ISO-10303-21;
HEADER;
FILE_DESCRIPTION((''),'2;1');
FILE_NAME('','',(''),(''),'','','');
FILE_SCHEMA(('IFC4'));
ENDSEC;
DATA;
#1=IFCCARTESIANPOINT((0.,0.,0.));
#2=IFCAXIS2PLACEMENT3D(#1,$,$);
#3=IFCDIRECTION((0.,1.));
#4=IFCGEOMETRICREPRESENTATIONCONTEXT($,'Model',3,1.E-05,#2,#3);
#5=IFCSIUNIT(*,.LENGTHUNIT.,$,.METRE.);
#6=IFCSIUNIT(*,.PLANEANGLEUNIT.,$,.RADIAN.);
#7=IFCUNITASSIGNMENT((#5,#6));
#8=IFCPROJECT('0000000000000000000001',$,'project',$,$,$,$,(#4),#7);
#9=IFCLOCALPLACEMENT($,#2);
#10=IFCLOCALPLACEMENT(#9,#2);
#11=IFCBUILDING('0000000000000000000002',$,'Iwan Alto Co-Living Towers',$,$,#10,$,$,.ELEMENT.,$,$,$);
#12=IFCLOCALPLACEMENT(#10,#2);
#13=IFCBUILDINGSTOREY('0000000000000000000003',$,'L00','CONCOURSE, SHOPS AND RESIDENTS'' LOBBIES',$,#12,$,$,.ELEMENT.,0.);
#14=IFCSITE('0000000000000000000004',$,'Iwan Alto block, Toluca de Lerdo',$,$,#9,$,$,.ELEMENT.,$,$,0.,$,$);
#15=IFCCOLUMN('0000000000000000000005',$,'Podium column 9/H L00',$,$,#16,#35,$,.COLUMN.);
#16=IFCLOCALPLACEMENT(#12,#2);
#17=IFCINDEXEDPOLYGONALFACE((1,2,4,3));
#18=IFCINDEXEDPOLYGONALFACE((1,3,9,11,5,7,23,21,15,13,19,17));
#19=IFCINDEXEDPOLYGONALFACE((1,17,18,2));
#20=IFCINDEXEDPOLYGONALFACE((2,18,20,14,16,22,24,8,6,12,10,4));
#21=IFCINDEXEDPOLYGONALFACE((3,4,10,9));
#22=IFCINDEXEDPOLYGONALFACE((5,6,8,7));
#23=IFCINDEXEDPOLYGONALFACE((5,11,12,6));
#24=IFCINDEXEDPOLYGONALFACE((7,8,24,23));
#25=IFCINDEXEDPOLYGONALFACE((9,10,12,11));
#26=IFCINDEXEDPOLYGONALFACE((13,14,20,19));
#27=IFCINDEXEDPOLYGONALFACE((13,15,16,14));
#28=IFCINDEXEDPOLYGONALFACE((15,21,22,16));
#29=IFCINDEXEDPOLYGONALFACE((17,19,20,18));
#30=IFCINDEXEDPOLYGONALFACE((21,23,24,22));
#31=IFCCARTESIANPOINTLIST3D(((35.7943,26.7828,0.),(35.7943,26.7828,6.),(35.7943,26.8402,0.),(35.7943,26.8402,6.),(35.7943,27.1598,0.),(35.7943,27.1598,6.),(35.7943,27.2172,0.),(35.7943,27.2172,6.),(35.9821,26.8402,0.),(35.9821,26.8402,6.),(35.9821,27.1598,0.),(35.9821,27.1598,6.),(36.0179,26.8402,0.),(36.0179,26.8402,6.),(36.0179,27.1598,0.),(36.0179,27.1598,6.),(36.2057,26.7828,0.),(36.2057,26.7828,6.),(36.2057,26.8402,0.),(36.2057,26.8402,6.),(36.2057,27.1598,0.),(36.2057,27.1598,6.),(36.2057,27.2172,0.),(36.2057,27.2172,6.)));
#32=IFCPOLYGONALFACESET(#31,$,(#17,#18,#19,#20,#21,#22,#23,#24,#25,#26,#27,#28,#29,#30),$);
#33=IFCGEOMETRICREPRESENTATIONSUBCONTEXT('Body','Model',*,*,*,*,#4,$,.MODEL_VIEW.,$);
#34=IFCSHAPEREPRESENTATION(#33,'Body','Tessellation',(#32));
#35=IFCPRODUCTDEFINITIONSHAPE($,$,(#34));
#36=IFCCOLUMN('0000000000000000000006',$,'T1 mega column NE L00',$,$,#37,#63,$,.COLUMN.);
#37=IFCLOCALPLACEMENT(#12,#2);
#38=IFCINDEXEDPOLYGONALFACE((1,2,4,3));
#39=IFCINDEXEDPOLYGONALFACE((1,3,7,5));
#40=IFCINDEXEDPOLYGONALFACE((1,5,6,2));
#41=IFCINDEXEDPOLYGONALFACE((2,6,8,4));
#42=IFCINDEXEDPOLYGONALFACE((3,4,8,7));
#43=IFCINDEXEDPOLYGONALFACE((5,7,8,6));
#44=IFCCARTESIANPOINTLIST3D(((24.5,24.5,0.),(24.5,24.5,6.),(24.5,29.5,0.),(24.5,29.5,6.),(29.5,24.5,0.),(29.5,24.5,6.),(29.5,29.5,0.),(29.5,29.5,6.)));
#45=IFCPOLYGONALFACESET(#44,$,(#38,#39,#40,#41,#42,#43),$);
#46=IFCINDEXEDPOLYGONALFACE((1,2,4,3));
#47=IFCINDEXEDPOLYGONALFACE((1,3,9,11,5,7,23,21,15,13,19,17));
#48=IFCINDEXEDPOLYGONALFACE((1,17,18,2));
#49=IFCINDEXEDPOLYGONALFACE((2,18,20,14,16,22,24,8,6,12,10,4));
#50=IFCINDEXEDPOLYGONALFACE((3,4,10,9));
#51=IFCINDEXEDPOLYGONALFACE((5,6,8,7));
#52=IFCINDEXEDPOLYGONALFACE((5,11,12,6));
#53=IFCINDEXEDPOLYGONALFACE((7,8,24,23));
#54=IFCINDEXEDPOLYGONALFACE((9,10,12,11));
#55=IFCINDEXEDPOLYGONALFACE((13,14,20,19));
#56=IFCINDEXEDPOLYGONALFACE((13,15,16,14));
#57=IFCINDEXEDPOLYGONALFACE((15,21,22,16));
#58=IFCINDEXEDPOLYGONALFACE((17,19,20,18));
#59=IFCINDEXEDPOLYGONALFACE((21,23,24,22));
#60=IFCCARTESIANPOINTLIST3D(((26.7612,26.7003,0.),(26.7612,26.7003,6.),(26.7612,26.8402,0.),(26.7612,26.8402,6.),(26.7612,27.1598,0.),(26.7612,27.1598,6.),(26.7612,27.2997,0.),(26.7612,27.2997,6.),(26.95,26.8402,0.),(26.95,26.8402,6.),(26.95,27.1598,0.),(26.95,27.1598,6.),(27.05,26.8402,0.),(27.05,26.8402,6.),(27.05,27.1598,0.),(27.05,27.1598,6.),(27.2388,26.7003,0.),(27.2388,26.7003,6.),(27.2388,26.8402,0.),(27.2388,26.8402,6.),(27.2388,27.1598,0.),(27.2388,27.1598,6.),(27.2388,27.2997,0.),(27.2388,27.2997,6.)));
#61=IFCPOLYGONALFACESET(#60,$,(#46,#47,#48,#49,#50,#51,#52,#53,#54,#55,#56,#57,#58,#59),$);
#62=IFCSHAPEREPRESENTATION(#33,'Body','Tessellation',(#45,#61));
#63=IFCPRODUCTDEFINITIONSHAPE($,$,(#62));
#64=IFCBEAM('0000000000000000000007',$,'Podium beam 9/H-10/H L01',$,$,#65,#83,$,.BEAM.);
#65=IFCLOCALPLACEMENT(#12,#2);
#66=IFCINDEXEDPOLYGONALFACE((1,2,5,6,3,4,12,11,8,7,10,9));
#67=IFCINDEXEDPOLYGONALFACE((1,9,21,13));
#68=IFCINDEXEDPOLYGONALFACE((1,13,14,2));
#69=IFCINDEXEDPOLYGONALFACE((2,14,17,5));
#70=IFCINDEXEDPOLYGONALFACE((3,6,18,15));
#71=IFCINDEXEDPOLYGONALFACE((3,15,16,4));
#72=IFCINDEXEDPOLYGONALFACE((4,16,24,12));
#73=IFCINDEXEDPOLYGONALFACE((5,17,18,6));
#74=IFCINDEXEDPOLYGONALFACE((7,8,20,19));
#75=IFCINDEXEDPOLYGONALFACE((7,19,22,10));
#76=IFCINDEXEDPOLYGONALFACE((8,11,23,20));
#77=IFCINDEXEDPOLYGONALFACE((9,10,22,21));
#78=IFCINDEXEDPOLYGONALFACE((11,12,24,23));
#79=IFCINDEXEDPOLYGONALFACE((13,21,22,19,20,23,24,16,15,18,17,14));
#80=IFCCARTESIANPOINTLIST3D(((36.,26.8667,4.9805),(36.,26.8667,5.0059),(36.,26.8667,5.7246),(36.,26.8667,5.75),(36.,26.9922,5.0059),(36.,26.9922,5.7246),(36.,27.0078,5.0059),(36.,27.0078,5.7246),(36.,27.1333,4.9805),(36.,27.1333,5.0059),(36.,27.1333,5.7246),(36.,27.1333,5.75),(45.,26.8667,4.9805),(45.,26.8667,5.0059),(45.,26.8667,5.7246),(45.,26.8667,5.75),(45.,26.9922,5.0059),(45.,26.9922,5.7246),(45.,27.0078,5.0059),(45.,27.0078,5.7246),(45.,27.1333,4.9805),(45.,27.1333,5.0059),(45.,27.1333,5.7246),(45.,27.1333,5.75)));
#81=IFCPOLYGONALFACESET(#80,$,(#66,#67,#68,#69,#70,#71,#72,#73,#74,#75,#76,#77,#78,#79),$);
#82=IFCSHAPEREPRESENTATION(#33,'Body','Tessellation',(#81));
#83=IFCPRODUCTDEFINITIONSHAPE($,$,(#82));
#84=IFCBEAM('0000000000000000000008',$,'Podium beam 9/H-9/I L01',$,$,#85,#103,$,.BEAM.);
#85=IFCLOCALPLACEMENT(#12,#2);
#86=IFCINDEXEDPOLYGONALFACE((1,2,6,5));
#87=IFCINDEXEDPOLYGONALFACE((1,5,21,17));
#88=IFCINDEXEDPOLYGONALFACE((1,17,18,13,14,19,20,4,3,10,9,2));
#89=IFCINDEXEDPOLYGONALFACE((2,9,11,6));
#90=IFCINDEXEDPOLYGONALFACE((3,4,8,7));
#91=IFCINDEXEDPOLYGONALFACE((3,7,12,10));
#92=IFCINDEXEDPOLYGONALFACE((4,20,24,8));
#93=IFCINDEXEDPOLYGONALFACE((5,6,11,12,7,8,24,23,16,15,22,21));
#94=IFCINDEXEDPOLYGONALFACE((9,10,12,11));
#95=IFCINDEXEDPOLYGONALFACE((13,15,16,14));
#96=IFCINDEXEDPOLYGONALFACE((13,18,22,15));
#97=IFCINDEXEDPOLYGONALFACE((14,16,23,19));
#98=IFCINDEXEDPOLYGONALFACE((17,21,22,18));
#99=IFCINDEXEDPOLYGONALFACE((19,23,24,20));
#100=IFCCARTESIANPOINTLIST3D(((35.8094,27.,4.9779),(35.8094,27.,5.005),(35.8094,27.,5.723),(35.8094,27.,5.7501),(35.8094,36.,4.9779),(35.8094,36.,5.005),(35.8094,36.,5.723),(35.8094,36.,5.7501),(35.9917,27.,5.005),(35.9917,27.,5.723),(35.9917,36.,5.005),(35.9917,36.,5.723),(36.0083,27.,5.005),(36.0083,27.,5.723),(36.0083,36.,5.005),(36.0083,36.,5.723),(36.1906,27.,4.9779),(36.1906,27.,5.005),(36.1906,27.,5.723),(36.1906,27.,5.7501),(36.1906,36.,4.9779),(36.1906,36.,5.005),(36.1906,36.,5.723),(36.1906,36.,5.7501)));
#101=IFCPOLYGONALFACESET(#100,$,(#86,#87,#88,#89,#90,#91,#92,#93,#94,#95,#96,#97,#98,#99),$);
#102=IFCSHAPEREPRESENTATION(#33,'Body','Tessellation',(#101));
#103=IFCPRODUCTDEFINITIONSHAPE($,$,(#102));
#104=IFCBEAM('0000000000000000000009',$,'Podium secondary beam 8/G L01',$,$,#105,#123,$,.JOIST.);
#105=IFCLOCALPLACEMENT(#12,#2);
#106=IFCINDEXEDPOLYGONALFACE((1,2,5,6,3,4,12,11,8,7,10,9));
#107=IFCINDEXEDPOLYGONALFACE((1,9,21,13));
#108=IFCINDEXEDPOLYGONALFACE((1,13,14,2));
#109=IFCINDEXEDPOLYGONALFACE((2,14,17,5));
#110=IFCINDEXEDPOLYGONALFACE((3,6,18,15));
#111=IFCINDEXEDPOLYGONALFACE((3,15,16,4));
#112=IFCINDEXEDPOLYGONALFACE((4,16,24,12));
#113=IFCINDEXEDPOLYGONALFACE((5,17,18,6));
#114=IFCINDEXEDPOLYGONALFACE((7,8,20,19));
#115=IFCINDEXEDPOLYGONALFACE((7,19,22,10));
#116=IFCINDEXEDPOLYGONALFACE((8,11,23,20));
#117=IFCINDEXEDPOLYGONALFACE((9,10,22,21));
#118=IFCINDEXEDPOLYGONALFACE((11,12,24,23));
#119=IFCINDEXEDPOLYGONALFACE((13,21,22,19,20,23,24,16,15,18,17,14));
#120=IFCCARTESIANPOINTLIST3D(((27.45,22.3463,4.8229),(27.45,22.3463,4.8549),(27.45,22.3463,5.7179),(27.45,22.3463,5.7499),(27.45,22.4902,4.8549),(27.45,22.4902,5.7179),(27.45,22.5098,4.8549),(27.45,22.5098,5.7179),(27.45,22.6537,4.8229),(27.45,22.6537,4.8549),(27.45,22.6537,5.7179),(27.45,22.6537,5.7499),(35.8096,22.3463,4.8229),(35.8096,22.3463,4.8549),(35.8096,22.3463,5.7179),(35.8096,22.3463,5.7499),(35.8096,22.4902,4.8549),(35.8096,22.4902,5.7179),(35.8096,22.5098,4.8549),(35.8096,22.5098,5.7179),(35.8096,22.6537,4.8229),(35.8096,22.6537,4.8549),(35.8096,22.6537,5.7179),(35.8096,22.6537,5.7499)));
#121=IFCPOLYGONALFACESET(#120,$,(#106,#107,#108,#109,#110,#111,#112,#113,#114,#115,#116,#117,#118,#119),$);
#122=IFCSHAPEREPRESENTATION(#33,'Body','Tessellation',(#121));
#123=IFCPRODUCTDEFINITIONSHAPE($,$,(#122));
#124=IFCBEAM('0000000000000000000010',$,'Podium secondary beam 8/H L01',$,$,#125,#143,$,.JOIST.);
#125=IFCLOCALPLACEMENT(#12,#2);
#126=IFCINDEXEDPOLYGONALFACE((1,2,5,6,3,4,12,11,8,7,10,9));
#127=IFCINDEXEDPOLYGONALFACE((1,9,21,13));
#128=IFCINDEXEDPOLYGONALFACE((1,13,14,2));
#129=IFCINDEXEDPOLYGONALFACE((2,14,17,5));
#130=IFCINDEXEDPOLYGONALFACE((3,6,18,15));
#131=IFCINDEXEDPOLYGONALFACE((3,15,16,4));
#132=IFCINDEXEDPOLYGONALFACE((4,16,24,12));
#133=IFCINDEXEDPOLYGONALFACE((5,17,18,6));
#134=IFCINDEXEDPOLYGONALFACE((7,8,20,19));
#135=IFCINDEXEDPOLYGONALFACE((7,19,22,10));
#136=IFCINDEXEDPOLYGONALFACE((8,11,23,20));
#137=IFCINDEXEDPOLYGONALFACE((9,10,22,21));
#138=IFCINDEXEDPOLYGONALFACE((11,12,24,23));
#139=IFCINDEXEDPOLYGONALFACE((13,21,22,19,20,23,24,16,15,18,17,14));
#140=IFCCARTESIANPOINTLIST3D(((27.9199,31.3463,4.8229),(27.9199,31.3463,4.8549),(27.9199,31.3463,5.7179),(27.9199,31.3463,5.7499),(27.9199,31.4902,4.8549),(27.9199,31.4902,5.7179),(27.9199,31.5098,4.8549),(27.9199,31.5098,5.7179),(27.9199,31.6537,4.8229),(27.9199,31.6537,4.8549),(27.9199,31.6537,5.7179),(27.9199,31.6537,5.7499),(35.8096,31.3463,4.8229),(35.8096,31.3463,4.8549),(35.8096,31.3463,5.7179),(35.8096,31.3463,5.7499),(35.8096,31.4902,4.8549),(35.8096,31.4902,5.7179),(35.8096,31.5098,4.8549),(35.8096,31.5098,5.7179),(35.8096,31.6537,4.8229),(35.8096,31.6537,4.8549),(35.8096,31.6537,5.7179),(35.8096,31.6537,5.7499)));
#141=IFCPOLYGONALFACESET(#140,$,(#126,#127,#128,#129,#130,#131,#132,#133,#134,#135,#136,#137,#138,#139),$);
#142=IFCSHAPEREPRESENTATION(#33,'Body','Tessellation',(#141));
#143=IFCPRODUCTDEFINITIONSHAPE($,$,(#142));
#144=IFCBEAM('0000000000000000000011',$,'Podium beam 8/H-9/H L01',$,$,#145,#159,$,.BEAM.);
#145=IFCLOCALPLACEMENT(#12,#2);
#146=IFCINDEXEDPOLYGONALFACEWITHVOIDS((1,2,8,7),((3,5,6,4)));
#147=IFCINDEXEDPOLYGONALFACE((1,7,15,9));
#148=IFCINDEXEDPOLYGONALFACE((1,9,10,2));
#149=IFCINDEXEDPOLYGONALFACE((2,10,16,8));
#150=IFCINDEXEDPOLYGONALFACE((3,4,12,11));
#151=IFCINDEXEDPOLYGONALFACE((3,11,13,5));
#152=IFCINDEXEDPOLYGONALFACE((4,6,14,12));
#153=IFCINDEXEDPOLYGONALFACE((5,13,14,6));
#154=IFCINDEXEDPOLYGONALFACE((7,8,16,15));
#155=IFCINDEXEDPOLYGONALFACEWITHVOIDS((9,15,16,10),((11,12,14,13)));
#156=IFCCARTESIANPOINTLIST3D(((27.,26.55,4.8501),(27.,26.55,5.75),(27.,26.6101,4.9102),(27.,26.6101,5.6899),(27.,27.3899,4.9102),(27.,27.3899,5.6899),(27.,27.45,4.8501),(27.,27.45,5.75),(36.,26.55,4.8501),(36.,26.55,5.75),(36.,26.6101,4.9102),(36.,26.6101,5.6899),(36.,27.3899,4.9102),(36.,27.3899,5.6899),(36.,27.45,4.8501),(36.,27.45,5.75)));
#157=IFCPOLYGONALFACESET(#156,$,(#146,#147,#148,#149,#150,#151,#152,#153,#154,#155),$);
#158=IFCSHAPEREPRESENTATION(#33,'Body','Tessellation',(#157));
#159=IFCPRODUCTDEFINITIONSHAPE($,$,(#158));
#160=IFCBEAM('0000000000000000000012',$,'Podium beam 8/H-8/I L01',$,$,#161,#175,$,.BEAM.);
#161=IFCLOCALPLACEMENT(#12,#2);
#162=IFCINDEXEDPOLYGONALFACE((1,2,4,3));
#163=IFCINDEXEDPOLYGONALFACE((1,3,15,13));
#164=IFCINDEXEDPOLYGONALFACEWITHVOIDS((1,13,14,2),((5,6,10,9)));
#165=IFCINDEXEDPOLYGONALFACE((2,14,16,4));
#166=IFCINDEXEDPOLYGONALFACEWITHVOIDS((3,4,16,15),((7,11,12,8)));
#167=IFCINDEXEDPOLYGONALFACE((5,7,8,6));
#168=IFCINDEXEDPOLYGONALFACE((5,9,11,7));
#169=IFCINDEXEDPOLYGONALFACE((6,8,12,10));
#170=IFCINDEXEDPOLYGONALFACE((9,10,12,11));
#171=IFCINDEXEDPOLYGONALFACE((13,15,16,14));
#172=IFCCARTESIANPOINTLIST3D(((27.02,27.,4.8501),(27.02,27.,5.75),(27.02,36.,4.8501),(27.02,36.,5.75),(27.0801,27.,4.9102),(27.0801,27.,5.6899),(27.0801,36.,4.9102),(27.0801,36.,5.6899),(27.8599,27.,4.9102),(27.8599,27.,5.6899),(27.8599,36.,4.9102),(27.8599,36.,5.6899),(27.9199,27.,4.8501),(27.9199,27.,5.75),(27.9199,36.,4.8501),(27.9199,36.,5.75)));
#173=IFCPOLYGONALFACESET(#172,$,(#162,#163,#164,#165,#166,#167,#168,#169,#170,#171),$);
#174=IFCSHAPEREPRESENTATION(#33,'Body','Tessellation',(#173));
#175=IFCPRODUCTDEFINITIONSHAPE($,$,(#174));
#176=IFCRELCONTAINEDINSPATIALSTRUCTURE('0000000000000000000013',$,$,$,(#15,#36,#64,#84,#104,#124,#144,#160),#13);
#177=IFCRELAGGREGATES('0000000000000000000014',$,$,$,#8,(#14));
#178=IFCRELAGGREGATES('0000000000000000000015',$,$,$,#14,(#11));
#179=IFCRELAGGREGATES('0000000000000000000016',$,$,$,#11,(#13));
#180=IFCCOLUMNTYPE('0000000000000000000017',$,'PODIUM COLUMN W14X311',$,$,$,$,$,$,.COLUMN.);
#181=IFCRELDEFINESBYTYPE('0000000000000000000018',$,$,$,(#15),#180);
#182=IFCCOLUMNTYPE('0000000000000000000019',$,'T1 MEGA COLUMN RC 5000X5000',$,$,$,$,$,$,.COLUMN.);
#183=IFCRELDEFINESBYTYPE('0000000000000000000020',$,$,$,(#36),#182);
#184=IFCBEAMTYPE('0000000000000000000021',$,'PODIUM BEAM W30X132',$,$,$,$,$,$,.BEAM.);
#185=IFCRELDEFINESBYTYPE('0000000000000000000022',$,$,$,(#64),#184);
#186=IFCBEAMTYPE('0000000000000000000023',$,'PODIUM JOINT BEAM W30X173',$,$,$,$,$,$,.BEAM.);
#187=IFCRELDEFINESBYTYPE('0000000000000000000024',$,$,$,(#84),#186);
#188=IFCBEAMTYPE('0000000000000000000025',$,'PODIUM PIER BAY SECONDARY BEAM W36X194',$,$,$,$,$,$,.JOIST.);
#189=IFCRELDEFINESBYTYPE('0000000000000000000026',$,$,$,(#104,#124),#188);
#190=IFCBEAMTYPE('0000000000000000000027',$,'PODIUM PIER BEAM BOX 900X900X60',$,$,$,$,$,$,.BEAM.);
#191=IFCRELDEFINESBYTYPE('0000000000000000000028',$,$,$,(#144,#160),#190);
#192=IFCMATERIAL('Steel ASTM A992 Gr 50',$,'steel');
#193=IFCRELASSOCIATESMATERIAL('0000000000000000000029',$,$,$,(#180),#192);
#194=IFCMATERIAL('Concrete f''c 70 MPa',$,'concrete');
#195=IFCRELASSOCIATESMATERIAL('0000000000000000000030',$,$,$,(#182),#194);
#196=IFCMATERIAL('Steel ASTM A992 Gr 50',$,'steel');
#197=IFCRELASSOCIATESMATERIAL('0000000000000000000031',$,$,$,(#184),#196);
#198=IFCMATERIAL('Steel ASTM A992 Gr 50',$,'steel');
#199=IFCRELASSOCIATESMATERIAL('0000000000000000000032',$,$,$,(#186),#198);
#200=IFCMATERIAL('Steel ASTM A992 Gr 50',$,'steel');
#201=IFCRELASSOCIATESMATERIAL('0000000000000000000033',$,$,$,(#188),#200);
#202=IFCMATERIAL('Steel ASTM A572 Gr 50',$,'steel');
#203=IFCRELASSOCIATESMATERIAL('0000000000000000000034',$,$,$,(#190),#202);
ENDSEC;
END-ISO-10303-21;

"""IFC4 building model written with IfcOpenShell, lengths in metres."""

from ifc_helpers import new_model, si_unit, direction, frame, origin, origin_2d, place, context, subcontext, project, spatial, rectangle, hollow_rectangle, i_section, extrude, material, material_profile, profile_set, type_object, element, save


model = new_model("IFC4")

# Units and contexts
model_context = context("Model", 3, precision=1e-05, world=origin(), true_north=direction((0.0, 1.0)))
body_context = subcontext(model_context, "Body", "Model", "MODEL_VIEW")
ifc_project = project(units=[si_unit("LENGTHUNIT", "METRE"), si_unit("PLANEANGLEUNIT", "RADIAN")], contexts=[model_context])

# Site, building, storey
site_placement = place(None, origin())
site = spatial("IfcSite", under=ifc_project, at=site_placement, Name="Iwan Alto block, Toluca de Lerdo", CompositionType="ELEMENT", RefElevation=0.0)
building_placement = place(site_placement, origin())
building = spatial("IfcBuilding", under=site, at=building_placement, Name="Iwan Alto Co-Living Towers", CompositionType="ELEMENT")
storey_placement = place(building_placement, origin())
storey = spatial("IfcBuildingStorey", under=building, at=storey_placement, Name="L00", Description="CONCOURSE, SHOPS AND RESIDENTS' LOBBIES", CompositionType="ELEMENT", Elevation=0.0)

# Columns
ifc_material_1 = material(Name="Steel ASTM A992 Gr 50", Category="steel")
ifc_material_profile_1 = material_profile(ifc_material_1, i_section(OverallWidth=0.4114, OverallDepth=0.4343, WebThickness=0.0359, FlangeThickness=0.0574, at=origin_2d()), Name="W14X311")
ifc_profile_set_1 = profile_set([ifc_material_profile_1], Name="Steel ASTM A992 Gr 50")
column_type_1 = type_object("IfcColumnType", Name="PODIUM COLUMN W14X311", PredefinedType="COLUMN", material=ifc_profile_set_1)
column_1_placement = place(storey_placement, frame((36.0, 27.0, 0.0), z_axis=(0.0, 0.0, 1.0), x_axis=(1.0, 0.0, 0.0)))
element("IfcColumn", 1, at=column_1_placement, inside=storey, type_object=column_type_1, Name="Podium column 9/H L00", PredefinedType="COLUMN", context=body_context, shape_type="SweptSolid", body=[
    extrude(i_section(OverallWidth=0.4114, OverallDepth=0.4343, WebThickness=0.0359, FlangeThickness=0.0574, at=origin_2d()), origin(), (0.0, 0.0, 1.0), 6.0),
])
ifc_material_2 = material(Name="Concrete f'c 70 MPa", Category="concrete")
ifc_material_profile_2 = material_profile(ifc_material_2, rectangle(XDim=5.0, YDim=5.0, at=origin_2d()), Name="RC 5000X5000")
ifc_profile_set_2 = profile_set([ifc_material_profile_2], Name="Concrete f'c 70 MPa")
column_type_2 = type_object("IfcColumnType", Name="T1 MEGA COLUMN RC 5000X5000", PredefinedType="COLUMN", material=ifc_profile_set_2)
column_2_placement = place(storey_placement, frame((27.0, 27.0, 0.0), z_axis=(0.0, 0.0, 1.0), x_axis=(1.0, 0.0, 0.0)))
element("IfcColumn", 2, at=column_2_placement, inside=storey, type_object=column_type_2, Name="T1 mega column NE L00", PredefinedType="COLUMN", context=body_context, shape_type="SweptSolid", body=[
    extrude(rectangle(XDim=5.0, YDim=5.0, at=origin_2d()), origin(), (0.0, 0.0, 1.0), 6.0),
    extrude(i_section(OverallWidth=0.4775, OverallDepth=0.5994, WebThickness=0.1001, FlangeThickness=0.1399, at=origin_2d()), origin(), (0.0, 0.0, 1.0), 6.0),
])

# Beams
ifc_material_3 = material(Name="Steel ASTM A992 Gr 50", Category="steel")
ifc_material_profile_3 = material_profile(ifc_material_3, i_section(OverallWidth=0.2666, OverallDepth=0.7695, WebThickness=0.0156, FlangeThickness=0.0254, at=origin_2d()), Name="W30X132")
ifc_profile_set_3 = profile_set([ifc_material_profile_3], Name="Steel ASTM A992 Gr 50")
beam_type_1 = type_object("IfcBeamType", Name="PODIUM BEAM W30X132", PredefinedType="BEAM", material=ifc_profile_set_3)
beam_1_placement = place(storey_placement, frame((36.0, 27.0, 5.3652), z_axis=(1.0, 0.0, 0.0), x_axis=(0.0, 1.0, 0.0)))
element("IfcBeam", 3, at=beam_1_placement, inside=storey, type_object=beam_type_1, Name="Podium beam 9/H-10/H L01", PredefinedType="BEAM", context=body_context, shape_type="SweptSolid", body=[
    extrude(i_section(OverallWidth=0.2666, OverallDepth=0.7695, WebThickness=0.0156, FlangeThickness=0.0254, at=origin_2d()), origin(), (0.0, 0.0, 1.0), 9.0),
])
ifc_material_4 = material(Name="Steel ASTM A992 Gr 50", Category="steel")
ifc_material_profile_4 = material_profile(ifc_material_4, i_section(OverallWidth=0.3811, OverallDepth=0.7722, WebThickness=0.0166, FlangeThickness=0.0271, at=origin_2d()), Name="W30X173")
ifc_profile_set_4 = profile_set([ifc_material_profile_4], Name="Steel ASTM A992 Gr 50")
beam_type_2 = type_object("IfcBeamType", Name="PODIUM JOINT BEAM W30X173", PredefinedType="BEAM", material=ifc_profile_set_4)
beam_2_placement = place(storey_placement, frame((36.0, 27.0, 5.364), z_axis=(0.0, 1.0, 0.0), x_axis=(-1.0, 0.0, 0.0)))
element("IfcBeam", 4, at=beam_2_placement, inside=storey, type_object=beam_type_2, Name="Podium beam 9/H-9/I L01", PredefinedType="BEAM", context=body_context, shape_type="SweptSolid", body=[
    extrude(i_section(OverallWidth=0.3811, OverallDepth=0.7722, WebThickness=0.0166, FlangeThickness=0.0271, at=origin_2d()), origin(), (0.0, 0.0, 1.0), 9.0),
])
ifc_material_5 = material(Name="Steel ASTM A992 Gr 50", Category="steel")
ifc_material_profile_5 = material_profile(ifc_material_5, i_section(OverallWidth=0.3074, OverallDepth=0.927, WebThickness=0.0195, FlangeThickness=0.032, at=origin_2d()), Name="W36X194")
ifc_profile_set_5 = profile_set([ifc_material_profile_5], Name="Steel ASTM A992 Gr 50")
beam_type_3 = type_object("IfcBeamType", Name="PODIUM PIER BAY SECONDARY BEAM W36X194", PredefinedType="JOIST", material=ifc_profile_set_5)
beam_3_placement = place(storey_placement, frame((27.45, 22.5, 5.2864), z_axis=(1.0, 0.0, 0.0), x_axis=(0.0, 1.0, 0.0)))
element("IfcBeam", 5, at=beam_3_placement, inside=storey, type_object=beam_type_3, Name="Podium secondary beam 8/G L01", PredefinedType="JOIST", context=body_context, shape_type="SweptSolid", body=[
    extrude(i_section(OverallWidth=0.3074, OverallDepth=0.927, WebThickness=0.0195, FlangeThickness=0.032, at=origin_2d()), origin(), (0.0, 0.0, 1.0), 8.3596),
])
beam_4_placement = place(storey_placement, frame((27.9199, 31.5, 5.2864), z_axis=(1.0, 0.0, 0.0), x_axis=(0.0, 1.0, 0.0)))
element("IfcBeam", 6, at=beam_4_placement, inside=storey, type_object=beam_type_3, Name="Podium secondary beam 8/H L01", PredefinedType="JOIST", context=body_context, shape_type="SweptSolid", body=[
    extrude(i_section(OverallWidth=0.3074, OverallDepth=0.927, WebThickness=0.0195, FlangeThickness=0.032, at=origin_2d()), origin(), (0.0, 0.0, 1.0), 7.8896),
])
ifc_material_6 = material(Name="Steel ASTM A572 Gr 50", Category="steel")
ifc_material_profile_6 = material_profile(ifc_material_6, hollow_rectangle(XDim=0.8999, YDim=0.8999, WallThickness=0.0601, at=origin_2d()), Name="BOX 900X900X60")
ifc_profile_set_6 = profile_set([ifc_material_profile_6], Name="Steel ASTM A572 Gr 50")
beam_type_4 = type_object("IfcBeamType", Name="PODIUM PIER BEAM BOX 900X900X60", PredefinedType="BEAM", material=ifc_profile_set_6)
for number, where, z_axis, x_axis, name in (
    (7, (27.0, 27.0, 5.3), (1.0, 0.0, 0.0), (0.0, 1.0, 0.0), "Podium beam 8/H-9/H L01"),
    (8, (27.47, 27.0, 5.3), (0.0, 1.0, 0.0), (-1.0, 0.0, 0.0), "Podium beam 8/H-8/I L01"),
):
    element("IfcBeam", number, at=place(storey_placement, frame(where, z_axis=z_axis, x_axis=x_axis)), inside=storey, type_object=beam_type_4, Name=name, PredefinedType="BEAM", context=body_context, shape_type="SweptSolid", body=[
        extrude(hollow_rectangle(XDim=0.8999, YDim=0.8999, WallThickness=0.0601, at=origin_2d()), origin(), (0.0, 0.0, 1.0), 9.0),
    ])

save(model, "model.ifc")
